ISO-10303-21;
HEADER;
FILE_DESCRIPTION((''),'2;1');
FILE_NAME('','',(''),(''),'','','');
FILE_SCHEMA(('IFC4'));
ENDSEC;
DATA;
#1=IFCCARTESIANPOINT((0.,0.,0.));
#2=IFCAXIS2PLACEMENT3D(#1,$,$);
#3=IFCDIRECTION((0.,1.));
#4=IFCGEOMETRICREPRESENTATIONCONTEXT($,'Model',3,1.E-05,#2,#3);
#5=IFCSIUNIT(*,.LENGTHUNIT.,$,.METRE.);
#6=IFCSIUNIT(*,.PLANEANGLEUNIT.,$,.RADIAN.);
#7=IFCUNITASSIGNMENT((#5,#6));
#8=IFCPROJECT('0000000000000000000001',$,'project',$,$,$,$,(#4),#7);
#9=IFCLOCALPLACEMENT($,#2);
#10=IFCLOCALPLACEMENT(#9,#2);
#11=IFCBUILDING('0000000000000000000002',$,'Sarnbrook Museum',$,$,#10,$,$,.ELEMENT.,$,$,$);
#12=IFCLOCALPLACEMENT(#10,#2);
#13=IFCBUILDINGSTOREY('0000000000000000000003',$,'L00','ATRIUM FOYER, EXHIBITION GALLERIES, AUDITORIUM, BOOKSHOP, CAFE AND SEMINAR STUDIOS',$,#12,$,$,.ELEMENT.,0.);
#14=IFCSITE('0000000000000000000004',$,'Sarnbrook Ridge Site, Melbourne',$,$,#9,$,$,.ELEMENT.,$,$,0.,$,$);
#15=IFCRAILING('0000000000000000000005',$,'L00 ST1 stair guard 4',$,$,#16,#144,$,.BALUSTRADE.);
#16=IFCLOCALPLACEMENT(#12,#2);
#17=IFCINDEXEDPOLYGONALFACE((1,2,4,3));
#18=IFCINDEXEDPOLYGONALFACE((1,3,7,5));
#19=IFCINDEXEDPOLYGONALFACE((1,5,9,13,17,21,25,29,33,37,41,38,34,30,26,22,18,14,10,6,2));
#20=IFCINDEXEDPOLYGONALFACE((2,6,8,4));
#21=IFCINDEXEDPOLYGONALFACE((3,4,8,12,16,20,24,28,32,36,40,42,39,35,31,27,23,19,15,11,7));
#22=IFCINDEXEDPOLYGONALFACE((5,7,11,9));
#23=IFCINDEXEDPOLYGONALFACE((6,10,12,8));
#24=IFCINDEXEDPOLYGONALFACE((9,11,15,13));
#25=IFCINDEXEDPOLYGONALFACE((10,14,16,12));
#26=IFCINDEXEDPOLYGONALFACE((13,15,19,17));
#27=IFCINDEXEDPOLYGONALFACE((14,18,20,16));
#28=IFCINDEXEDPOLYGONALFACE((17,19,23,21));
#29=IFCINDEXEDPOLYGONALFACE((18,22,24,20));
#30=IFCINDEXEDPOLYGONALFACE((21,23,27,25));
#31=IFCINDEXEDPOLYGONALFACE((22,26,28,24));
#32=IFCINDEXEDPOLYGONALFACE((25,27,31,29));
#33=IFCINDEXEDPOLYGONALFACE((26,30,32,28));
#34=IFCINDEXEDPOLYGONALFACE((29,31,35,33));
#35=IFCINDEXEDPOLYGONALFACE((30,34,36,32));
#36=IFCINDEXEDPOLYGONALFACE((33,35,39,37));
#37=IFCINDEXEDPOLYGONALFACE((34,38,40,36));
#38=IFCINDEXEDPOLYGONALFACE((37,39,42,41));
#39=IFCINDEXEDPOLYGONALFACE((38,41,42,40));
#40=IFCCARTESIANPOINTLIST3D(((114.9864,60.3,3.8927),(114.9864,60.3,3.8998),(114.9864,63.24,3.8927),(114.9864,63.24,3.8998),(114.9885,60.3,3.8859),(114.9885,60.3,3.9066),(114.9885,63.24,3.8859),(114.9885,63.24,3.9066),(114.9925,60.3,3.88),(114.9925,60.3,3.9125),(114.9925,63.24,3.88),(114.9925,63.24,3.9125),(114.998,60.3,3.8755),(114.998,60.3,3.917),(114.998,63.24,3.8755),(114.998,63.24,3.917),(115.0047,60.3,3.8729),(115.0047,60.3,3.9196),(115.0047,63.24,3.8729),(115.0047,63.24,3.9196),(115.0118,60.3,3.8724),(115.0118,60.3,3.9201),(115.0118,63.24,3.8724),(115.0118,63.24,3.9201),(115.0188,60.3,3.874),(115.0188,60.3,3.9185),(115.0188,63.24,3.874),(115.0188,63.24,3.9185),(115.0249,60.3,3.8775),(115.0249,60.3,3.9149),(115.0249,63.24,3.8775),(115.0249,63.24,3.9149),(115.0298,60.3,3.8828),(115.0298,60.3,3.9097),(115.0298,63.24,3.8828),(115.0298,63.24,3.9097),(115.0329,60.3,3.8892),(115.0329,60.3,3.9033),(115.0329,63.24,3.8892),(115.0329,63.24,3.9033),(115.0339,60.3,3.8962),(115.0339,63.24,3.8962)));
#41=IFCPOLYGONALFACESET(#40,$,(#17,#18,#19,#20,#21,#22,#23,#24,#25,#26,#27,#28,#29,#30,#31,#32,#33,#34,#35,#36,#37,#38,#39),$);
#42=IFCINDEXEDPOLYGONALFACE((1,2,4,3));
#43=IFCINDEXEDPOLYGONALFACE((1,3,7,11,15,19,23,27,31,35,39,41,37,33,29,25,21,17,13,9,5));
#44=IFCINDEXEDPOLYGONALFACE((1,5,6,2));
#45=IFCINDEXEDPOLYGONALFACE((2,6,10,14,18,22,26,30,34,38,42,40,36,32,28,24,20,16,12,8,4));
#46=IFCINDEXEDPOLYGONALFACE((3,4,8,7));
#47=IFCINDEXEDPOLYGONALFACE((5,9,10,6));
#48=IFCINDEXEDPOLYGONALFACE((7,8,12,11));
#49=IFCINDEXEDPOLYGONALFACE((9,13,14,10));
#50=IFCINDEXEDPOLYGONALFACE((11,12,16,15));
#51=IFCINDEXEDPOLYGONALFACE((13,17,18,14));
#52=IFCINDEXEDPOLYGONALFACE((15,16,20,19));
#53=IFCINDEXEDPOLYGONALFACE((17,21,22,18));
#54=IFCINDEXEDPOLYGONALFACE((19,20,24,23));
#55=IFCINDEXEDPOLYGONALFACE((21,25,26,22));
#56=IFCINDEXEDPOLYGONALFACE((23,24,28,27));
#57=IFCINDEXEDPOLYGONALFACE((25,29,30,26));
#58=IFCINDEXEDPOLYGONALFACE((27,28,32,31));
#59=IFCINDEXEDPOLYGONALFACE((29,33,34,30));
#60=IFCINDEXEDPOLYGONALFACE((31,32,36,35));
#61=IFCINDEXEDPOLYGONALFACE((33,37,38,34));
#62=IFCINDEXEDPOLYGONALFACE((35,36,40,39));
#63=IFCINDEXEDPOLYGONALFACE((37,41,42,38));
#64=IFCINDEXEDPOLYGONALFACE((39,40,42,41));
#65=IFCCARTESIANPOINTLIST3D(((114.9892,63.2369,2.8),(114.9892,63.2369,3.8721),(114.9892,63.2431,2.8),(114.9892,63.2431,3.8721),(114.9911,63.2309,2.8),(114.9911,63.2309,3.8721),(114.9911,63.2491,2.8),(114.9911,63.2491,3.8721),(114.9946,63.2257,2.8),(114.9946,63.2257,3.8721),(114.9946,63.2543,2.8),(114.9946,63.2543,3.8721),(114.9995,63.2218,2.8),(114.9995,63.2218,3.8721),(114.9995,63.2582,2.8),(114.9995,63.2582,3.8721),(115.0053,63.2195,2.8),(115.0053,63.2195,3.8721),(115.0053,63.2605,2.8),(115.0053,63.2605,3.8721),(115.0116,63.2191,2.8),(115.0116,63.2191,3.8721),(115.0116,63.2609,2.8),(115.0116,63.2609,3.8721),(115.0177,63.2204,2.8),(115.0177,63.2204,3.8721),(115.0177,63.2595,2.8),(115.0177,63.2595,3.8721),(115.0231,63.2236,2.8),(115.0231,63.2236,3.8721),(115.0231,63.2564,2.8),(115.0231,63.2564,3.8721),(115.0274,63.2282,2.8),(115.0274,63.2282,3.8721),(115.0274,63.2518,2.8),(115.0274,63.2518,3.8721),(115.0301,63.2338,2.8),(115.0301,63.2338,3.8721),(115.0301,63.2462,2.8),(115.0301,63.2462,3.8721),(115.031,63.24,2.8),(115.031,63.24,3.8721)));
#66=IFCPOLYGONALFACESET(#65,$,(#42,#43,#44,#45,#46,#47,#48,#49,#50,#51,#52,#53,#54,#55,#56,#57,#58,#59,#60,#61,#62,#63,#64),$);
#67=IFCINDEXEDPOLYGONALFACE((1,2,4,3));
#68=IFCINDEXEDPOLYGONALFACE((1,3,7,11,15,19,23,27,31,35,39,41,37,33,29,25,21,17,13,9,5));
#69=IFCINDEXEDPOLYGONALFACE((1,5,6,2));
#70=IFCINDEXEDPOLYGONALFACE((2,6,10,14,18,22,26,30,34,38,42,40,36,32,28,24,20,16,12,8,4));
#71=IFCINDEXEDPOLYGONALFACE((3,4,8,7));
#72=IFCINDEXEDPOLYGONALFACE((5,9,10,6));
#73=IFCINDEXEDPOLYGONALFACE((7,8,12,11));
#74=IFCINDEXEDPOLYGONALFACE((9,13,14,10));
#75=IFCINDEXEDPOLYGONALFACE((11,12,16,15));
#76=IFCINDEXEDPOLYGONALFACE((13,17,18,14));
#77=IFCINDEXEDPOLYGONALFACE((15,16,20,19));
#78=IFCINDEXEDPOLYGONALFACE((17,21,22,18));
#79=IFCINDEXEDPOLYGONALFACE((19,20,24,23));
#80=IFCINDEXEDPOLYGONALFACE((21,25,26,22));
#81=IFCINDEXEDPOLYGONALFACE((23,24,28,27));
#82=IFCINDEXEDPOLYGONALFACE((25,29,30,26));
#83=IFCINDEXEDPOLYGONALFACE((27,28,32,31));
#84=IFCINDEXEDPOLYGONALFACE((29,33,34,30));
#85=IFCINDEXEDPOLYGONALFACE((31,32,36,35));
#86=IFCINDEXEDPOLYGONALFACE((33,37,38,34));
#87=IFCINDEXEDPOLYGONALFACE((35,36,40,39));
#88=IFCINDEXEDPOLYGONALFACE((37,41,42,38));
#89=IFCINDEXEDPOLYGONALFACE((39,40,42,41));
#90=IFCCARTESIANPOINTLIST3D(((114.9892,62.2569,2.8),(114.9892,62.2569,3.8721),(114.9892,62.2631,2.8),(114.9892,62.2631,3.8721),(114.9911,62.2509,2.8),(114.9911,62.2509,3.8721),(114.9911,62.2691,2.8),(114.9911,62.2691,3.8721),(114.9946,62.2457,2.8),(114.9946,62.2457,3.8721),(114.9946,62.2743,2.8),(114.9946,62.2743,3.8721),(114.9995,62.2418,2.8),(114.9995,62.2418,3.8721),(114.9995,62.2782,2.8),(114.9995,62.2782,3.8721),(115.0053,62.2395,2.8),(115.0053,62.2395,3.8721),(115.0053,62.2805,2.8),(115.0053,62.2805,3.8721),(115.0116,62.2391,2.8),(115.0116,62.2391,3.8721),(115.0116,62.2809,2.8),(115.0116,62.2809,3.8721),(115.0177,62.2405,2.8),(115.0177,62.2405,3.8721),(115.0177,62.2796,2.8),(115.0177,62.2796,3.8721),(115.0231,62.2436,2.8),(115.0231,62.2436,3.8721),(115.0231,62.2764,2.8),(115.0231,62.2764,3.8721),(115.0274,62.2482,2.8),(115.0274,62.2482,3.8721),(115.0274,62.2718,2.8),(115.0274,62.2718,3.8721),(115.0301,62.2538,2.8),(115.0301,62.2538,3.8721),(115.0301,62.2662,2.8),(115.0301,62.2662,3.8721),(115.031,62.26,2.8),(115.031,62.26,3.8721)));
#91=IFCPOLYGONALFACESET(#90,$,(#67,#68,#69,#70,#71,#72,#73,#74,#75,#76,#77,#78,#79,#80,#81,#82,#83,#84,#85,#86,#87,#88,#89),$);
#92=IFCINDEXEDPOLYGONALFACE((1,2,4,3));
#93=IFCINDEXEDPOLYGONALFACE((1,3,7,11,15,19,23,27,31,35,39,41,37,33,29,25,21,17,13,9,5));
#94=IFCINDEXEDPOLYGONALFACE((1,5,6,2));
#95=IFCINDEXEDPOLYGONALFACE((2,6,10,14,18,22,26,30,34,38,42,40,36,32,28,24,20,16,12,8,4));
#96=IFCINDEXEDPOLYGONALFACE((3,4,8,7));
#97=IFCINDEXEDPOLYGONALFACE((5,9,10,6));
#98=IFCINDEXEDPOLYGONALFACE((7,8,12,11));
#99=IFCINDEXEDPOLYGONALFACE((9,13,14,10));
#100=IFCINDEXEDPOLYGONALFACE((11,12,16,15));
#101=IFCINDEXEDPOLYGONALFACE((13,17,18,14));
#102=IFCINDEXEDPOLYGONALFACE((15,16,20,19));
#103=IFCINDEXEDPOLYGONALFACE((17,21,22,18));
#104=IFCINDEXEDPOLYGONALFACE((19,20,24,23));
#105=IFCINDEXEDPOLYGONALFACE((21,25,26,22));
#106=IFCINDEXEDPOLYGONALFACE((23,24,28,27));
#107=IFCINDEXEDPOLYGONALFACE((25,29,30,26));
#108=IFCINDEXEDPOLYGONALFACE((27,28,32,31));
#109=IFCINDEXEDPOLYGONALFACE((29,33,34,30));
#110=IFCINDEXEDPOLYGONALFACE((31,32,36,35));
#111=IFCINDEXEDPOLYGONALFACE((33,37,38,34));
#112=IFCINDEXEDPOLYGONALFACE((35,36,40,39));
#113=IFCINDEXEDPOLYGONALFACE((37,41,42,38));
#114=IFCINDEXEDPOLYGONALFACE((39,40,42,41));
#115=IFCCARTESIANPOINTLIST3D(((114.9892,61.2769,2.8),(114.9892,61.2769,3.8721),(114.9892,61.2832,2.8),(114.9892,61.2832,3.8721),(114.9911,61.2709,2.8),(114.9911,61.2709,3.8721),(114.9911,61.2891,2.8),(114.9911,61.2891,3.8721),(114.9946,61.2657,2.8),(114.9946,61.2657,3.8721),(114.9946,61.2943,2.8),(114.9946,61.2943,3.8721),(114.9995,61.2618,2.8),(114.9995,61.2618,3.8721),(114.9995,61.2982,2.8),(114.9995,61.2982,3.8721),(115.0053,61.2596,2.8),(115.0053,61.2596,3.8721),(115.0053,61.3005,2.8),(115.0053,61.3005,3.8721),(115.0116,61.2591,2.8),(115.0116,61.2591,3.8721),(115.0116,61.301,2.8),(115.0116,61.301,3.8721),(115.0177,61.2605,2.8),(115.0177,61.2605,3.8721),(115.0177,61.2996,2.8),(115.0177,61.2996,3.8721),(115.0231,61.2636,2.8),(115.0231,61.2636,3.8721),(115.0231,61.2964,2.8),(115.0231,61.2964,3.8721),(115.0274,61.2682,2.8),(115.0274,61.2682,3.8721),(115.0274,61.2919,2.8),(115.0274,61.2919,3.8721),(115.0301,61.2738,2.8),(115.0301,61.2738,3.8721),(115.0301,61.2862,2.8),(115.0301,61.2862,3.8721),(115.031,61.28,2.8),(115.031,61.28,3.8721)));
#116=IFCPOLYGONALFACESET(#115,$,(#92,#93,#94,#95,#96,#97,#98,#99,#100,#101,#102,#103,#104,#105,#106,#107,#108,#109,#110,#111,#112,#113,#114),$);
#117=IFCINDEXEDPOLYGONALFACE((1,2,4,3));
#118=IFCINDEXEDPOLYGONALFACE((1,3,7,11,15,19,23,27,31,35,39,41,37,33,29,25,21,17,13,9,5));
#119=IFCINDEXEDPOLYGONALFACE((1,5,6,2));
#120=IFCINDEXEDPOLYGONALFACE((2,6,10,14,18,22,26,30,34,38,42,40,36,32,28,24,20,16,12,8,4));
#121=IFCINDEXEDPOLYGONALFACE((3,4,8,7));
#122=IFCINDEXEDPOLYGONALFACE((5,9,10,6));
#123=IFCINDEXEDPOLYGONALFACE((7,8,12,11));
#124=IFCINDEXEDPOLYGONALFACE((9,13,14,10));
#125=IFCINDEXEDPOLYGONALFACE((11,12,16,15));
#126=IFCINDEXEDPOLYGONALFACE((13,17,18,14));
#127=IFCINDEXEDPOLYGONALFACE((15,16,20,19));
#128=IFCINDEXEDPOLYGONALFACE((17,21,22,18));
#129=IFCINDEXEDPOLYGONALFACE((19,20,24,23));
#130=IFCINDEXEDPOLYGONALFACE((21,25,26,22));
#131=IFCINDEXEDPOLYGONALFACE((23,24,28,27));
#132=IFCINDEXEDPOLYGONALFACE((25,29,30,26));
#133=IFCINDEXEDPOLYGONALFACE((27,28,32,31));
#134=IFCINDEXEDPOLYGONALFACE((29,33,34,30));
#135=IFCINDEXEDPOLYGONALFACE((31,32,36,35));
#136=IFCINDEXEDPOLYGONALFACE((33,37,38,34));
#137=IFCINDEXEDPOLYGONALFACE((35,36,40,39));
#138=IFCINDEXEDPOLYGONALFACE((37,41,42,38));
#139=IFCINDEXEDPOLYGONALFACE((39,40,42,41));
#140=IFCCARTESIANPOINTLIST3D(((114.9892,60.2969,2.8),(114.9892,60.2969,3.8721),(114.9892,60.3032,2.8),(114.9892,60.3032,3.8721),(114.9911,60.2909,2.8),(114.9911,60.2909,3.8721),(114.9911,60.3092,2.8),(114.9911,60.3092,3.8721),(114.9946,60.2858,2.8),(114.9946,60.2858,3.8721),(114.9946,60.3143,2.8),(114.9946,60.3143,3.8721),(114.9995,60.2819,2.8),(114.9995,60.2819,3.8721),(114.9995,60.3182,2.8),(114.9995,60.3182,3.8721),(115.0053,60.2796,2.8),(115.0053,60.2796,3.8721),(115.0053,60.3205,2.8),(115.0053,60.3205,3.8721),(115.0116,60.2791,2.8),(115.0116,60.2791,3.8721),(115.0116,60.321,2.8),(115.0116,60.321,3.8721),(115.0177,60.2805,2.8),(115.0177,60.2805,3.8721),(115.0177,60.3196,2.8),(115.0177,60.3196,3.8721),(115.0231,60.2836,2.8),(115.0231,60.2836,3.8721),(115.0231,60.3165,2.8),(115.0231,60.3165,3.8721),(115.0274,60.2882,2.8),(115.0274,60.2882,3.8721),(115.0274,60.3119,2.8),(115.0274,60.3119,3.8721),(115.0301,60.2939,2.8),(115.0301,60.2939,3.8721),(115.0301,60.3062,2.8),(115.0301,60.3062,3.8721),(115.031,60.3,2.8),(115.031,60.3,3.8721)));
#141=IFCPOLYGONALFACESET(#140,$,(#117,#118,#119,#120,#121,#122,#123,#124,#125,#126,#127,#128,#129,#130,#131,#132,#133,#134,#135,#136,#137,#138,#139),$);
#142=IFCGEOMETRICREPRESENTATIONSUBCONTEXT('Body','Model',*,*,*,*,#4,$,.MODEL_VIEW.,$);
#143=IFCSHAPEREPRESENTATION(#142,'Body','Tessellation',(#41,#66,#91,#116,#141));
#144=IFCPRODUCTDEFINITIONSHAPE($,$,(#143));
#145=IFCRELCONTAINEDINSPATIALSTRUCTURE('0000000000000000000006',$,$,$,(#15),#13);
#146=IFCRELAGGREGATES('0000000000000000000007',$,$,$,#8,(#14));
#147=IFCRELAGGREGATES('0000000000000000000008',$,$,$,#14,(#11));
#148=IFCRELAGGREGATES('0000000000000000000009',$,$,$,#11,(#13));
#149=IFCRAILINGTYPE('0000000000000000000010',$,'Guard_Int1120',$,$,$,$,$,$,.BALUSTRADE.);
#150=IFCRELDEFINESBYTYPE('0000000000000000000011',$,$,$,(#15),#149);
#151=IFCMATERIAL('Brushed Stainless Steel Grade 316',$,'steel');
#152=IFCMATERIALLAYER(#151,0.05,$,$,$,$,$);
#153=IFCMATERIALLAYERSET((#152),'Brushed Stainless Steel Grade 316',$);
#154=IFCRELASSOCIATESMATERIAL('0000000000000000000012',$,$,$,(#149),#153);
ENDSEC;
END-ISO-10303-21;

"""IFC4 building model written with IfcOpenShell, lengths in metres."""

from ifc_helpers import new_model, si_unit, direction, frame, origin, origin_2d, place, context, subcontext, project, spatial, circle, extrude, material, layer, layer_set, type_object, element, save


model = new_model("IFC4")

# Units and contexts
model_context = context("Model", 3, precision=1e-05, world=origin(), true_north=direction((0.0, 1.0)))
body_context = subcontext(model_context, "Body", "Model", "MODEL_VIEW")
ifc_project = project(units=[si_unit("LENGTHUNIT", "METRE"), si_unit("PLANEANGLEUNIT", "RADIAN")], contexts=[model_context])

# Site, building, storey
site_placement = place(None, origin())
site = spatial("IfcSite", under=ifc_project, at=site_placement, Name="Sarnbrook Ridge Site, Melbourne", CompositionType="ELEMENT", RefElevation=0.0)
building_placement = place(site_placement, origin())
building = spatial("IfcBuilding", under=site, at=building_placement, Name="Sarnbrook Museum", CompositionType="ELEMENT")
storey_placement = place(building_placement, origin())
storey = spatial("IfcBuildingStorey", under=building, at=storey_placement, Name="L00", Description="ATRIUM FOYER, EXHIBITION GALLERIES, AUDITORIUM, BOOKSHOP, CAFE AND SEMINAR STUDIOS", CompositionType="ELEMENT", Elevation=0.0)

# Shared definitions
ifc_material_1 = material(Name="Brushed Stainless Steel Grade 316", Category="steel")

# Railing
ifc_layer_1 = layer(ifc_material_1, 0.05)
ifc_layer_set_1 = layer_set([ifc_layer_1], Name="Brushed Stainless Steel Grade 316")
railing_type_1 = type_object("IfcRailingType", Name="Guard_Int1120", PredefinedType="BALUSTRADE", material=ifc_layer_set_1)
railing_1_placement = place(storey_placement, frame((115.01, 63.24, 2.8)))
element("IfcRailing", 1, at=railing_1_placement, inside=storey, type_object=railing_type_1, Name="L00 ST1 stair guard 4", PredefinedType="BALUSTRADE", context=body_context, shape_type="SweptSolid", body=[
    extrude(circle(Radius=0.0239, at=origin_2d()), frame((0.0, 0.0, 1.0962), z_axis=(0.0, -1.0, 0.0), x_axis=(1.0, 0.0, 0.0)), (0.0, 0.0, 1.0), 2.9399),
    extrude(circle(Radius=0.021, at=origin_2d()), origin(), (0.0, 0.0, 1.0), 1.072),
    extrude(circle(Radius=0.021, at=origin_2d()), frame((0.0, -0.98, 0.0)), (0.0, 0.0, 1.0), 1.072),
    extrude(circle(Radius=0.021, at=origin_2d()), frame((0.0, -1.96, 0.0)), (0.0, 0.0, 1.0), 1.072),
    extrude(circle(Radius=0.021, at=origin_2d()), frame((0.0, -2.9399, 0.0)), (0.0, 0.0, 1.0), 1.072),
])

save(model, "model.ifc")
